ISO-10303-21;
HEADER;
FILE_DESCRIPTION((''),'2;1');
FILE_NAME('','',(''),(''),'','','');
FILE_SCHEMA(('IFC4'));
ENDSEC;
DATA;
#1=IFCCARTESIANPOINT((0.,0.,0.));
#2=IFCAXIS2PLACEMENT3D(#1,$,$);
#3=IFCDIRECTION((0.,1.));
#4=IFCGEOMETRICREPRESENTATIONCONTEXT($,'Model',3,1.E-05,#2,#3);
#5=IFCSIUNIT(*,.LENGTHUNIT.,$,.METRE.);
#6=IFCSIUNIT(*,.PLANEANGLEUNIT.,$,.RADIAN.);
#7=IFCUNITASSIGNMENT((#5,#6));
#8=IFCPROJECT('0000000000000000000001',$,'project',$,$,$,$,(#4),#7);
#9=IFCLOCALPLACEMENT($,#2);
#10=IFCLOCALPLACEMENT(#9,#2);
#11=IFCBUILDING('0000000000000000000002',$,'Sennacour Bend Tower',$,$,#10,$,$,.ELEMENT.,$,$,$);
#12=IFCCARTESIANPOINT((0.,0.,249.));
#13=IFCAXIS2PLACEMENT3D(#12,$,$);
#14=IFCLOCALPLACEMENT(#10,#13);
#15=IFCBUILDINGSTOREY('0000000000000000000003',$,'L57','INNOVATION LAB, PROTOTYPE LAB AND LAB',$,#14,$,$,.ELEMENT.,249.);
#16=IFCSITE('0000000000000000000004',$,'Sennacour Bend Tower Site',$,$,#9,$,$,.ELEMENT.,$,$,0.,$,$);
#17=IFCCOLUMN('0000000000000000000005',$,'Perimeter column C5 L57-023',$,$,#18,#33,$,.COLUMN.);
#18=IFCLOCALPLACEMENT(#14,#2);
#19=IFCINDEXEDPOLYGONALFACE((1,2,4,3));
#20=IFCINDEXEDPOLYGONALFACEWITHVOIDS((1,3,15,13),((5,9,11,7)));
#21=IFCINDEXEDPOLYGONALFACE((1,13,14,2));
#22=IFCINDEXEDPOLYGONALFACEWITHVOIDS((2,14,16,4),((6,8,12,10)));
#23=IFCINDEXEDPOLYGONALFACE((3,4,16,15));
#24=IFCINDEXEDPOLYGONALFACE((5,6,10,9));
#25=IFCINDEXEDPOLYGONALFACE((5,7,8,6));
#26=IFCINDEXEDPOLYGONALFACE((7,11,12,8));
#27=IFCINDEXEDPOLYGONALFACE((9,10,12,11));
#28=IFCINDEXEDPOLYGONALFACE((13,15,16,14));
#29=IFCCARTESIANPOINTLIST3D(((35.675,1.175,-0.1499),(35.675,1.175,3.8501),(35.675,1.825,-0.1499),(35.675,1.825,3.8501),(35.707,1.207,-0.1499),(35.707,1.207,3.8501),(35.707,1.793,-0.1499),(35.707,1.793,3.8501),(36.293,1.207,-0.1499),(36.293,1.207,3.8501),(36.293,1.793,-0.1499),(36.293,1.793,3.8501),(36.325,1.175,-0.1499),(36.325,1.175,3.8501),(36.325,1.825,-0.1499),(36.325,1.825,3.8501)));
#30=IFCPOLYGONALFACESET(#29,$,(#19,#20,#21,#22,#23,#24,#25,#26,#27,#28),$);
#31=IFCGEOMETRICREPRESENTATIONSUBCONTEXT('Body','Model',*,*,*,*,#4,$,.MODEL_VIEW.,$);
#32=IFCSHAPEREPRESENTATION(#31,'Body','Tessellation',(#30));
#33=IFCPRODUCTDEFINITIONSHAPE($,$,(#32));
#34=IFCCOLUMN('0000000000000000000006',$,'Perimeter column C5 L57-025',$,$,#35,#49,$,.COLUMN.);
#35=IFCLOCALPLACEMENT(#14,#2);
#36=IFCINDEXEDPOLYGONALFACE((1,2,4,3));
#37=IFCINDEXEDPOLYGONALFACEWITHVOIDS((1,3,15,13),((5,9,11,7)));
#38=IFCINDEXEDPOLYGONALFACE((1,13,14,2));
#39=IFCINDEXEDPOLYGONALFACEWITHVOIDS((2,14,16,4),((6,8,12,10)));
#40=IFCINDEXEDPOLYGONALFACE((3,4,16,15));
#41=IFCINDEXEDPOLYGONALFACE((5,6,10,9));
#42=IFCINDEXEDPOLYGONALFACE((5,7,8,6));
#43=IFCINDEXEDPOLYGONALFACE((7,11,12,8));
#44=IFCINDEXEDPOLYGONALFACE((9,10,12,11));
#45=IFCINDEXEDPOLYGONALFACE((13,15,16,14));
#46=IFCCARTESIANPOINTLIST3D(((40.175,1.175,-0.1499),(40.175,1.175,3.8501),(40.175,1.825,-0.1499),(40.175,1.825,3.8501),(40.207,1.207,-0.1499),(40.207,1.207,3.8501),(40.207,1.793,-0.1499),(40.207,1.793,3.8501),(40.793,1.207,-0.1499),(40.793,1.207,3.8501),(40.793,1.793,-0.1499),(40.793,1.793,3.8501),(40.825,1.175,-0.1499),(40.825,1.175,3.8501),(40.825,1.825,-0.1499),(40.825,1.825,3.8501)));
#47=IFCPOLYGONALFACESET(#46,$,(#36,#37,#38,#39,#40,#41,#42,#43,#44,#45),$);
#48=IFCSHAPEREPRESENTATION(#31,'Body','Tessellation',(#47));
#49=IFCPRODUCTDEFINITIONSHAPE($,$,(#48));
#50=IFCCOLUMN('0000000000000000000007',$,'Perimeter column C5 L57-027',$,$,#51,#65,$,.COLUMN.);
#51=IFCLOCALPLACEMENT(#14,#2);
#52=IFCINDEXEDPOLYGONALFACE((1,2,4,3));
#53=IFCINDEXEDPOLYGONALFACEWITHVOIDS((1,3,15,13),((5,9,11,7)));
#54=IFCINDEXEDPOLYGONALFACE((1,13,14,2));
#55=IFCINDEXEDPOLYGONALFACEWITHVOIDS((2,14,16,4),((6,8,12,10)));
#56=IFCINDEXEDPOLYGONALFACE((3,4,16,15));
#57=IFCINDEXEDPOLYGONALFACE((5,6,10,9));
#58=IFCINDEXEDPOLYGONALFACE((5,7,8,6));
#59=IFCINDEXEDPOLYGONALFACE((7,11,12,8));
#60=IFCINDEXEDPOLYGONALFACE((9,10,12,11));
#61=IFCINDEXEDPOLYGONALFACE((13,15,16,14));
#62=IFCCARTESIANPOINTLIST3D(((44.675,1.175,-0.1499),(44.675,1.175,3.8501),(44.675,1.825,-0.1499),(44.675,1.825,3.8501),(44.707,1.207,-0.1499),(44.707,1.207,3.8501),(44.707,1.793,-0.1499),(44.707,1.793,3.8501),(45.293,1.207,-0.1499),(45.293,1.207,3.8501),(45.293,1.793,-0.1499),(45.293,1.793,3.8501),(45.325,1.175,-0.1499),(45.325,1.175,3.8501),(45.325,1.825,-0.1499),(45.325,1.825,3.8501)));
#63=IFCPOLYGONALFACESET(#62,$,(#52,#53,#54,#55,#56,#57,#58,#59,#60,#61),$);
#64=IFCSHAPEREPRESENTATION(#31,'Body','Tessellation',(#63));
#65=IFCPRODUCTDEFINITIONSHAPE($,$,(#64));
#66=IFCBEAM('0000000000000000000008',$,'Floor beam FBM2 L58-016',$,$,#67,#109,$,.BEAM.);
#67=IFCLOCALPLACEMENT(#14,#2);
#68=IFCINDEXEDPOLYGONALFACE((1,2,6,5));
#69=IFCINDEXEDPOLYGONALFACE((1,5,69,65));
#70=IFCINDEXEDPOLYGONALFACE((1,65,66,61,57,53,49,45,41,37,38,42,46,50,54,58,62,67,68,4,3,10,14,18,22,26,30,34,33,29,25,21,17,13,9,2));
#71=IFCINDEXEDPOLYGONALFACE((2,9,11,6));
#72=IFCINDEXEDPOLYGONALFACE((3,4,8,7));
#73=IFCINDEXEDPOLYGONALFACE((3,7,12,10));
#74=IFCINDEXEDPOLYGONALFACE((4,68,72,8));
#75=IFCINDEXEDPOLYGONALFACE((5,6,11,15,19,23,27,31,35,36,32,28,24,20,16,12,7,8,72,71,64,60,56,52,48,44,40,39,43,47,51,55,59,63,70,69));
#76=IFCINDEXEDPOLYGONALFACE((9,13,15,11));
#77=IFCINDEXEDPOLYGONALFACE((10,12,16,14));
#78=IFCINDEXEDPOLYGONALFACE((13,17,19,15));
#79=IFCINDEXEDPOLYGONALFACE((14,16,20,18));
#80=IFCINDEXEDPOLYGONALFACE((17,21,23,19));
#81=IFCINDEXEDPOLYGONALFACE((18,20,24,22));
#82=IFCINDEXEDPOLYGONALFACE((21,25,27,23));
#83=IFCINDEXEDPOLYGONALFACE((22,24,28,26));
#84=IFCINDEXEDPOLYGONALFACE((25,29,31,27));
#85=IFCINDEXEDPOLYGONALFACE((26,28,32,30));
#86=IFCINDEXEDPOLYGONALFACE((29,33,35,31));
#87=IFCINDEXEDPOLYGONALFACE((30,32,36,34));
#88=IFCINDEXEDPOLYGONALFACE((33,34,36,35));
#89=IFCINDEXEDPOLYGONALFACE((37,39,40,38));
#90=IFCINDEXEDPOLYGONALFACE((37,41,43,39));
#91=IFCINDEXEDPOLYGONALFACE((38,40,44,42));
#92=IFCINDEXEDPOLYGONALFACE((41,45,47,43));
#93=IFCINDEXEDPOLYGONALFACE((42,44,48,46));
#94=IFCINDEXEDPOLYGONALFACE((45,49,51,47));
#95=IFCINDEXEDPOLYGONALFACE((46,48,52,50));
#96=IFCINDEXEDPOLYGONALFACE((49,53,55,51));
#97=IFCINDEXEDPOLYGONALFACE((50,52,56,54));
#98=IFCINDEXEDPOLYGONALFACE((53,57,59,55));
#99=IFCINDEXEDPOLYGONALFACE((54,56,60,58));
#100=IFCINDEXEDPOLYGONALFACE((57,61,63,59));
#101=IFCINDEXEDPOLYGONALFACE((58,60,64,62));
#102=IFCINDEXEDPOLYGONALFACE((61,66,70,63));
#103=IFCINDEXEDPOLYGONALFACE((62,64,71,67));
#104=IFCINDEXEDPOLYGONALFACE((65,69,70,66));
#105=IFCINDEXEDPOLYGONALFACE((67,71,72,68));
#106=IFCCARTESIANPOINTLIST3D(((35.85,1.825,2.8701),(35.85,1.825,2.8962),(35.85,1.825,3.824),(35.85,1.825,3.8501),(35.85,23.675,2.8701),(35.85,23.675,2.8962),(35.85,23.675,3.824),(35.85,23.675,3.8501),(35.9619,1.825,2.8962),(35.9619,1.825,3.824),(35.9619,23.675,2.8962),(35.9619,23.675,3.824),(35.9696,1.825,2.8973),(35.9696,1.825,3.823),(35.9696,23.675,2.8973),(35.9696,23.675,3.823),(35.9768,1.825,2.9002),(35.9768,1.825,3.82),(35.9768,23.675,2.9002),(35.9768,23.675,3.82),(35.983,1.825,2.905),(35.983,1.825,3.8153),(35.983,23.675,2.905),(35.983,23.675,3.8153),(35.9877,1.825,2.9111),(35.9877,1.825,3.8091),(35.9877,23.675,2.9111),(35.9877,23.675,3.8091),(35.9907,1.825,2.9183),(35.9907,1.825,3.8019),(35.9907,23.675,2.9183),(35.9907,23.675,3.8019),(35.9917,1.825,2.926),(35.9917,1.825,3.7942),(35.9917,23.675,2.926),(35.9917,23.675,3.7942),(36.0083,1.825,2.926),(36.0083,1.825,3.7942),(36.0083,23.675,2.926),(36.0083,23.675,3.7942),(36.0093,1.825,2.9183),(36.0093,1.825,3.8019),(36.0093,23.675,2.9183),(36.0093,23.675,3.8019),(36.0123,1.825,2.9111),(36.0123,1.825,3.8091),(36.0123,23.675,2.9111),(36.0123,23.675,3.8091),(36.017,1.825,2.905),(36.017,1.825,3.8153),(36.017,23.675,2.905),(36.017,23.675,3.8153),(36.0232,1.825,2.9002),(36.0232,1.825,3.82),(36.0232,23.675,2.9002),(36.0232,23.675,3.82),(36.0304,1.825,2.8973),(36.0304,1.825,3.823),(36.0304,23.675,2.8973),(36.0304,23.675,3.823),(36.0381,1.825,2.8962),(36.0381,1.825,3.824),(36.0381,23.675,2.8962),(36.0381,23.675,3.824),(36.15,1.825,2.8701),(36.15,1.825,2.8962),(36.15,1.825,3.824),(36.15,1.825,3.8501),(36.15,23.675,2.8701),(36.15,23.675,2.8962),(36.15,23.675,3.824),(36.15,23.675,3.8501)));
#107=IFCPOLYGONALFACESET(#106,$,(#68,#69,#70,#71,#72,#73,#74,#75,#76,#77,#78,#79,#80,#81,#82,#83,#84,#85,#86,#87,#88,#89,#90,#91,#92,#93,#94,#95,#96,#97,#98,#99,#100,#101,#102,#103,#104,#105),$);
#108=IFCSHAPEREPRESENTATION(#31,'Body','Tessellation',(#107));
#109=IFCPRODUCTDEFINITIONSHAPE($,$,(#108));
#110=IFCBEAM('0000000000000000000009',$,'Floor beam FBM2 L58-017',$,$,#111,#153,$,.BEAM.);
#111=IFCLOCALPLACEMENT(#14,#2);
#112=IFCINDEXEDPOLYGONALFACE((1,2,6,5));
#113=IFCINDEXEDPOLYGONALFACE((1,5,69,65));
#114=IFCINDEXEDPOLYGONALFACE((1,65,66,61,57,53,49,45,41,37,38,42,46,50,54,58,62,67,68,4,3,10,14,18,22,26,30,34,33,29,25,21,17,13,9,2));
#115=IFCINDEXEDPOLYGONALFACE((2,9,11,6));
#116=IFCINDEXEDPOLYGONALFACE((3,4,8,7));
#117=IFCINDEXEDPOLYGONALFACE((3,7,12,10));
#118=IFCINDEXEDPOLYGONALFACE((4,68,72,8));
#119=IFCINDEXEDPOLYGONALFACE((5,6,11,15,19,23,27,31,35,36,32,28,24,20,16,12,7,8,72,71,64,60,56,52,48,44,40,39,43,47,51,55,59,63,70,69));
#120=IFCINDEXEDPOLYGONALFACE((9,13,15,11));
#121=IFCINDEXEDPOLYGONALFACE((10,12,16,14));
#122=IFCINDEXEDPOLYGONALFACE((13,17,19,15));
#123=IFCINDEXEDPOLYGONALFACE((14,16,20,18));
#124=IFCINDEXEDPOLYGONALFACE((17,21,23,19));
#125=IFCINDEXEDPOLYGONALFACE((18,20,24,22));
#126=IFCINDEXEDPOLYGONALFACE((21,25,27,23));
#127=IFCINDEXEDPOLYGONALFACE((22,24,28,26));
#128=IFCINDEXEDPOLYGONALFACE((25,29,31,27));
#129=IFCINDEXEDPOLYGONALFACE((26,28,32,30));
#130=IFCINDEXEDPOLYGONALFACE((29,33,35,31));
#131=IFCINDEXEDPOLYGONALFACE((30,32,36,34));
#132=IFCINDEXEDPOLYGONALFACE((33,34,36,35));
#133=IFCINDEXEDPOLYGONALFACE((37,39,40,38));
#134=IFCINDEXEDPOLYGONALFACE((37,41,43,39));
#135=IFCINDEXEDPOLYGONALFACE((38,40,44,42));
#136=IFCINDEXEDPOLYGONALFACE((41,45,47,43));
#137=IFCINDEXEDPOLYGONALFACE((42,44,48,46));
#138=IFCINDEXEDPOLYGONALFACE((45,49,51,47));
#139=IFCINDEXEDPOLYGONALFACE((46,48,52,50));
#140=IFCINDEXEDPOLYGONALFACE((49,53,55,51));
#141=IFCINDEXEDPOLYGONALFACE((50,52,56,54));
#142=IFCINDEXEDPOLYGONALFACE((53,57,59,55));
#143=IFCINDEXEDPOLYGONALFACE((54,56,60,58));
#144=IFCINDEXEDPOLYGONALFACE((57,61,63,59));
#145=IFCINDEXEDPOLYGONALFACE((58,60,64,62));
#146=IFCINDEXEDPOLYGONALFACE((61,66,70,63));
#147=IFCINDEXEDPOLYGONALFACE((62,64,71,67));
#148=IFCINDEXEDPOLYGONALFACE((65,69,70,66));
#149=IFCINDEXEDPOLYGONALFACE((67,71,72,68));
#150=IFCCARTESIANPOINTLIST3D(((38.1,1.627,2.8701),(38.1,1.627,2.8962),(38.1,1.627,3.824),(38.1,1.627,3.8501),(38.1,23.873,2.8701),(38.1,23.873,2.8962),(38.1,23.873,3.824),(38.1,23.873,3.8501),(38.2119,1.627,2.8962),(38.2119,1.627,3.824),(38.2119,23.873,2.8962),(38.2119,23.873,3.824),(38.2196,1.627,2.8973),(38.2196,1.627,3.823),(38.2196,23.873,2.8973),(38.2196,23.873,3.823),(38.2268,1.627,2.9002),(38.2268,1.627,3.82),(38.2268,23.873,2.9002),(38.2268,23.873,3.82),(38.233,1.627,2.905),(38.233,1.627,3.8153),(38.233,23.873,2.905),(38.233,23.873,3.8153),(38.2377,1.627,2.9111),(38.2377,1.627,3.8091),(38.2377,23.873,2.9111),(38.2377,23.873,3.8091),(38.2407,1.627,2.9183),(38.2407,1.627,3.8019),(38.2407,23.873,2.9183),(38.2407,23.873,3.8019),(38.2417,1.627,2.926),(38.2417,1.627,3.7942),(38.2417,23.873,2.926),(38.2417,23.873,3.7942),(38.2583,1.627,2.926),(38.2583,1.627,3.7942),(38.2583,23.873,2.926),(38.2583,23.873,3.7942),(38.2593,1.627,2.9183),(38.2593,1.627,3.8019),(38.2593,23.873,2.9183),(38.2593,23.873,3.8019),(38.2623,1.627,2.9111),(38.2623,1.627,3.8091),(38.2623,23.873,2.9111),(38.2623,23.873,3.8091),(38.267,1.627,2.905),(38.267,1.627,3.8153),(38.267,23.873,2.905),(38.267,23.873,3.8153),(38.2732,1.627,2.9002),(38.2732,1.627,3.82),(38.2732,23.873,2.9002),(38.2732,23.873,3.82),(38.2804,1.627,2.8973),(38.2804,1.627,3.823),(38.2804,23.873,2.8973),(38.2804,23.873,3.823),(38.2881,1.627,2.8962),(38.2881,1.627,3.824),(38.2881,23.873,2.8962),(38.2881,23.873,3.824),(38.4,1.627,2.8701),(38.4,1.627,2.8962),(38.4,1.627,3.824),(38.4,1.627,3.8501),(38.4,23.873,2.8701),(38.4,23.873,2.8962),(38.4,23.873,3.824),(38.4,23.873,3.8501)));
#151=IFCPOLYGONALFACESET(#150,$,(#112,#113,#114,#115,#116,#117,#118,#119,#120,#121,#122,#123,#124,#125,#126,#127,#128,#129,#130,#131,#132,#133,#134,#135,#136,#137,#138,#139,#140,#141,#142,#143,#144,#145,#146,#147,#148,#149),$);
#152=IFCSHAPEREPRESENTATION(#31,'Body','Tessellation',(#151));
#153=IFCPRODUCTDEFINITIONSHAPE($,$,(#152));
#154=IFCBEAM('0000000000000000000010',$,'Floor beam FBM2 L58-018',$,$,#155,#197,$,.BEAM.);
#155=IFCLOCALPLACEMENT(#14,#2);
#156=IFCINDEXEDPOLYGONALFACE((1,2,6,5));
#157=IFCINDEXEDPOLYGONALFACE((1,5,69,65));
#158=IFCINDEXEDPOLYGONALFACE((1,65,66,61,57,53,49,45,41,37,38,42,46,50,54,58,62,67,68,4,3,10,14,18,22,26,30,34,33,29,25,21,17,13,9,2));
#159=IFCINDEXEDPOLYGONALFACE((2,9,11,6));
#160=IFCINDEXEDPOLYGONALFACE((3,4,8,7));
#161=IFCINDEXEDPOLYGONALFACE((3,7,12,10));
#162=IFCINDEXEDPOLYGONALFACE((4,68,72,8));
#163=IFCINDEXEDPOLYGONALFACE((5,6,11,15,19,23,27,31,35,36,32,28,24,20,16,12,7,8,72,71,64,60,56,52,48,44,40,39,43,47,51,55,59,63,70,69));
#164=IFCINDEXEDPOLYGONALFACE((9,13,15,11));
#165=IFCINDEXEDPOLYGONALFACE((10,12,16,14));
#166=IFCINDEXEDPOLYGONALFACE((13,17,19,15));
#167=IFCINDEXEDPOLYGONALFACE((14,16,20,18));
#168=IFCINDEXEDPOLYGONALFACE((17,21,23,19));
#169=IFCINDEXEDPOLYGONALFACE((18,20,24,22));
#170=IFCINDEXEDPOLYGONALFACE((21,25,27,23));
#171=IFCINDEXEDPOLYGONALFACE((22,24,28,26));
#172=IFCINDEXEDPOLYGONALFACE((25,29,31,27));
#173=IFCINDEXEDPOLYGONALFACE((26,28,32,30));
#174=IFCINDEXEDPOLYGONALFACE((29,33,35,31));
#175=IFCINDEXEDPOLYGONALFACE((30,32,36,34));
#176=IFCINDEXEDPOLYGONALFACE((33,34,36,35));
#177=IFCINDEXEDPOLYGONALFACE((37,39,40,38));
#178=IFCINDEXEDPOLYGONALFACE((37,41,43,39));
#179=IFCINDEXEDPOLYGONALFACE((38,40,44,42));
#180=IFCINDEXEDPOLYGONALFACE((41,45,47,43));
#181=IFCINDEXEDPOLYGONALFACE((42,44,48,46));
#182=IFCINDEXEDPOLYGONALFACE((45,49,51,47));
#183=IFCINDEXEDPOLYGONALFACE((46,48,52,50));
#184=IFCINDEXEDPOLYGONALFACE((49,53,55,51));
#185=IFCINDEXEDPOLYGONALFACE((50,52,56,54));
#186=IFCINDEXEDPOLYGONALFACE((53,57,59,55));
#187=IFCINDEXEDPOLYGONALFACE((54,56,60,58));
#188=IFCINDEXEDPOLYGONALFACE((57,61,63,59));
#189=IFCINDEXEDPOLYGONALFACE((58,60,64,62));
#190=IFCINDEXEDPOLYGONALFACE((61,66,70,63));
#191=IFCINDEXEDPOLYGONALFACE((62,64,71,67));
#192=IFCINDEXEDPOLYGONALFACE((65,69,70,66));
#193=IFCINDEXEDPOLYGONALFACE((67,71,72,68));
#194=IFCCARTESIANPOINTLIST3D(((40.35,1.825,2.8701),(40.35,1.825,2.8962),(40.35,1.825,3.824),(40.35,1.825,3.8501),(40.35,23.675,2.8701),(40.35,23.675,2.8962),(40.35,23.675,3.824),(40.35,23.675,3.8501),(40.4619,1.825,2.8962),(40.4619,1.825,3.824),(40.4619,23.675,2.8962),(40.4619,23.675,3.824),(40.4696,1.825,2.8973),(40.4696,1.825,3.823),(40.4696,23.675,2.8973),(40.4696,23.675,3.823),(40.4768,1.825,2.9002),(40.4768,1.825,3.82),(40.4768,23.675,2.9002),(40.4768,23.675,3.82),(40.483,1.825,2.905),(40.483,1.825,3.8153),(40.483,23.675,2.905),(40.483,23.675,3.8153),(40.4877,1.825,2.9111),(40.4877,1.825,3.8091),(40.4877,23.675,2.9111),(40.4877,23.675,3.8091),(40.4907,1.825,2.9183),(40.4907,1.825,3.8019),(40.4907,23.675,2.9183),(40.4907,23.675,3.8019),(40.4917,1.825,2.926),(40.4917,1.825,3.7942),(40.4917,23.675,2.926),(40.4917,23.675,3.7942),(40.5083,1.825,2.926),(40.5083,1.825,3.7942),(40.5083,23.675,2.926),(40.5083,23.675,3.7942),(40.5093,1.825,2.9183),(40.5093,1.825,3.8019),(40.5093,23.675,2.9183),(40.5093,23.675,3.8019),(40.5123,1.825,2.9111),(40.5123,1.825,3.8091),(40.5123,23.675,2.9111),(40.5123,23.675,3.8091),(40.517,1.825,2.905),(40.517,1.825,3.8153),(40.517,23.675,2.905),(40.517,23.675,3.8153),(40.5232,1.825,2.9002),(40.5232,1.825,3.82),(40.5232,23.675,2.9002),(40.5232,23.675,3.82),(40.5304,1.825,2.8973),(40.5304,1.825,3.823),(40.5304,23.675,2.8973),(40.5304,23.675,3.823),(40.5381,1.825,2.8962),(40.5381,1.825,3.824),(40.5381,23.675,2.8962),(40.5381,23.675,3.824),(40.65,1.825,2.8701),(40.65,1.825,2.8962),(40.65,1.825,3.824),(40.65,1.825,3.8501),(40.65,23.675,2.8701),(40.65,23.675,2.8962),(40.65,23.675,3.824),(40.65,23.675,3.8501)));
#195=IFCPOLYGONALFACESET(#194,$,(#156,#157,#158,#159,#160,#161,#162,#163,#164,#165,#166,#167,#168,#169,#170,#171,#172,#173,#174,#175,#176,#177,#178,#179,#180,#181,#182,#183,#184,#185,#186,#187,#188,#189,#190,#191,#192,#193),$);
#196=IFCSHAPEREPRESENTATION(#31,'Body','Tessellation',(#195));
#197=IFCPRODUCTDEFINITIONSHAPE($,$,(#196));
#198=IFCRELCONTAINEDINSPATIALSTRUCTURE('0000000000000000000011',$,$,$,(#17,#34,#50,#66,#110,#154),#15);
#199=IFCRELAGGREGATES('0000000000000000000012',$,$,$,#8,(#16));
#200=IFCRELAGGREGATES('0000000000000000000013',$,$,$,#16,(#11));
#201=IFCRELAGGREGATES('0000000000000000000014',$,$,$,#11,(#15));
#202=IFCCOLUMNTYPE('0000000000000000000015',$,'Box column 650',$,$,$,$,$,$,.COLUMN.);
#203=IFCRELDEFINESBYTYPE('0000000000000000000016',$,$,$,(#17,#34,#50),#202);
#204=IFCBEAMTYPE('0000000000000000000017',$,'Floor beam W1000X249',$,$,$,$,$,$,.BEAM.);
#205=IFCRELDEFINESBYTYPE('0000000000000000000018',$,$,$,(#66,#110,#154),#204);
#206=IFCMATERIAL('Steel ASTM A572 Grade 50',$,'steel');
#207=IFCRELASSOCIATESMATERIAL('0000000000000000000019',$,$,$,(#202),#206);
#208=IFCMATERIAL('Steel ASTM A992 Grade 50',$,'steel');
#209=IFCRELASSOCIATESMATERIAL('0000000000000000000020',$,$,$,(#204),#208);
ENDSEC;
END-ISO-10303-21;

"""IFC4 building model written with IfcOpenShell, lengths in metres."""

from ifc_helpers import new_model, si_unit, direction, frame, origin, origin_2d, place, context, subcontext, project, spatial, hollow_rectangle, i_section, extrude, material, material_profile, profile_set, type_object, element, save


model = new_model("IFC4")

# Units and contexts
model_context = context("Model", 3, precision=1e-05, world=origin(), true_north=direction((0.0, 1.0)))
body_context = subcontext(model_context, "Body", "Model", "MODEL_VIEW")
ifc_project = project(units=[si_unit("LENGTHUNIT", "METRE"), si_unit("PLANEANGLEUNIT", "RADIAN")], contexts=[model_context])

# Site, building, storey
site_placement = place(None, origin())
site = spatial("IfcSite", under=ifc_project, at=site_placement, Name="Sennacour Bend Tower Site", CompositionType="ELEMENT", RefElevation=0.0)
building_placement = place(site_placement, origin())
building = spatial("IfcBuilding", under=site, at=building_placement, Name="Sennacour Bend Tower", CompositionType="ELEMENT")
storey_placement = place(building_placement, frame((0.0, 0.0, 249.0)))
storey = spatial("IfcBuildingStorey", under=building, at=storey_placement, Name="L57", Description="INNOVATION LAB, PROTOTYPE LAB AND LAB", CompositionType="ELEMENT", Elevation=249.0)

# Columns
ifc_material_1 = material(Name="Steel ASTM A572 Grade 50", Category="steel")
ifc_material_profile_1 = material_profile(ifc_material_1, hollow_rectangle(XDim=0.6499, YDim=0.6499, WallThickness=0.032, at=origin_2d()), Name="Steel ASTM A572 Grade 50", Category="steel")
ifc_profile_set_1 = profile_set([ifc_material_profile_1], Name="Steel ASTM A572 Grade 50")
column_type = type_object("IfcColumnType", Name="Box column 650", PredefinedType="COLUMN", material=ifc_profile_set_1)
for number, where, z_axis, x_axis, name in (
    (1, (36.0, 1.5, -0.1499), (0.0, 0.0, 1.0), (1.0, 0.0, 0.0), "Perimeter column C5 L57-023"),
    (2, (40.5, 1.5, -0.1499), (0.0, 0.0, 1.0), (1.0, 0.0, 0.0), "Perimeter column C5 L57-025"),
    (3, (45.0, 1.5, -0.1499), (0.0, 0.0, 1.0), (1.0, 0.0, 0.0), "Perimeter column C5 L57-027"),
):
    element("IfcColumn", number, at=place(storey_placement, frame(where, z_axis=z_axis, x_axis=x_axis)), inside=storey, type_object=column_type, Name=name, PredefinedType="COLUMN", context=body_context, shape_type="SweptSolid", body=[
        extrude(hollow_rectangle(XDim=0.6499, YDim=0.6499, WallThickness=0.032, at=origin_2d()), origin(), (0.0, 0.0, 1.0), 4.0),
    ])

# Beams
ifc_material_2 = material(Name="Steel ASTM A992 Grade 50", Category="steel")
ifc_material_profile_2 = material_profile(ifc_material_2, i_section(OverallWidth=0.3, OverallDepth=0.98, WebThickness=0.0166, FlangeThickness=0.0261, FilletRadius=0.0298, at=origin_2d()), Name="Steel ASTM A992 Grade 50", Category="steel")
ifc_profile_set_2 = profile_set([ifc_material_profile_2], Name="Steel ASTM A992 Grade 50")
beam_type_1 = type_object("IfcBeamType", Name="Floor beam W1000X249", PredefinedType="BEAM", material=ifc_profile_set_2)
beam_1_placement = place(storey_placement, frame((36.0, 1.825, 3.3601), z_axis=(0.0, 1.0, 0.0), x_axis=(-1.0, 0.0, 0.0)))
element("IfcBeam", 4, at=beam_1_placement, inside=storey, type_object=beam_type_1, Name="Floor beam FBM2 L58-016", PredefinedType="BEAM", context=body_context, shape_type="SweptSolid", body=[
    extrude(i_section(OverallWidth=0.3, OverallDepth=0.98, WebThickness=0.0166, FlangeThickness=0.0261, FilletRadius=0.0298, at=origin_2d()), origin(), (0.0, 0.0, 1.0), 21.8501),
])
beam_2_placement = place(storey_placement, frame((38.25, 1.627, 3.3601), z_axis=(0.0, 1.0, 0.0), x_axis=(-1.0, 0.0, 0.0)))
element("IfcBeam", 5, at=beam_2_placement, inside=storey, type_object=beam_type_1, Name="Floor beam FBM2 L58-017", PredefinedType="BEAM", context=body_context, shape_type="SweptSolid", body=[
    extrude(i_section(OverallWidth=0.3, OverallDepth=0.98, WebThickness=0.0166, FlangeThickness=0.0261, FilletRadius=0.0298, at=origin_2d()), origin(), (0.0, 0.0, 1.0), 22.2461),
])
beam_3_placement = place(storey_placement, frame((40.5, 1.825, 3.3601), z_axis=(0.0, 1.0, 0.0), x_axis=(-1.0, 0.0, 0.0)))
element("IfcBeam", 6, at=beam_3_placement, inside=storey, type_object=beam_type_1, Name="Floor beam FBM2 L58-018", PredefinedType="BEAM", context=body_context, shape_type="SweptSolid", body=[
    extrude(i_section(OverallWidth=0.3, OverallDepth=0.98, WebThickness=0.0166, FlangeThickness=0.0261, FilletRadius=0.0298, at=origin_2d()), origin(), (0.0, 0.0, 1.0), 21.8501),
])

save(model, "model.ifc")
